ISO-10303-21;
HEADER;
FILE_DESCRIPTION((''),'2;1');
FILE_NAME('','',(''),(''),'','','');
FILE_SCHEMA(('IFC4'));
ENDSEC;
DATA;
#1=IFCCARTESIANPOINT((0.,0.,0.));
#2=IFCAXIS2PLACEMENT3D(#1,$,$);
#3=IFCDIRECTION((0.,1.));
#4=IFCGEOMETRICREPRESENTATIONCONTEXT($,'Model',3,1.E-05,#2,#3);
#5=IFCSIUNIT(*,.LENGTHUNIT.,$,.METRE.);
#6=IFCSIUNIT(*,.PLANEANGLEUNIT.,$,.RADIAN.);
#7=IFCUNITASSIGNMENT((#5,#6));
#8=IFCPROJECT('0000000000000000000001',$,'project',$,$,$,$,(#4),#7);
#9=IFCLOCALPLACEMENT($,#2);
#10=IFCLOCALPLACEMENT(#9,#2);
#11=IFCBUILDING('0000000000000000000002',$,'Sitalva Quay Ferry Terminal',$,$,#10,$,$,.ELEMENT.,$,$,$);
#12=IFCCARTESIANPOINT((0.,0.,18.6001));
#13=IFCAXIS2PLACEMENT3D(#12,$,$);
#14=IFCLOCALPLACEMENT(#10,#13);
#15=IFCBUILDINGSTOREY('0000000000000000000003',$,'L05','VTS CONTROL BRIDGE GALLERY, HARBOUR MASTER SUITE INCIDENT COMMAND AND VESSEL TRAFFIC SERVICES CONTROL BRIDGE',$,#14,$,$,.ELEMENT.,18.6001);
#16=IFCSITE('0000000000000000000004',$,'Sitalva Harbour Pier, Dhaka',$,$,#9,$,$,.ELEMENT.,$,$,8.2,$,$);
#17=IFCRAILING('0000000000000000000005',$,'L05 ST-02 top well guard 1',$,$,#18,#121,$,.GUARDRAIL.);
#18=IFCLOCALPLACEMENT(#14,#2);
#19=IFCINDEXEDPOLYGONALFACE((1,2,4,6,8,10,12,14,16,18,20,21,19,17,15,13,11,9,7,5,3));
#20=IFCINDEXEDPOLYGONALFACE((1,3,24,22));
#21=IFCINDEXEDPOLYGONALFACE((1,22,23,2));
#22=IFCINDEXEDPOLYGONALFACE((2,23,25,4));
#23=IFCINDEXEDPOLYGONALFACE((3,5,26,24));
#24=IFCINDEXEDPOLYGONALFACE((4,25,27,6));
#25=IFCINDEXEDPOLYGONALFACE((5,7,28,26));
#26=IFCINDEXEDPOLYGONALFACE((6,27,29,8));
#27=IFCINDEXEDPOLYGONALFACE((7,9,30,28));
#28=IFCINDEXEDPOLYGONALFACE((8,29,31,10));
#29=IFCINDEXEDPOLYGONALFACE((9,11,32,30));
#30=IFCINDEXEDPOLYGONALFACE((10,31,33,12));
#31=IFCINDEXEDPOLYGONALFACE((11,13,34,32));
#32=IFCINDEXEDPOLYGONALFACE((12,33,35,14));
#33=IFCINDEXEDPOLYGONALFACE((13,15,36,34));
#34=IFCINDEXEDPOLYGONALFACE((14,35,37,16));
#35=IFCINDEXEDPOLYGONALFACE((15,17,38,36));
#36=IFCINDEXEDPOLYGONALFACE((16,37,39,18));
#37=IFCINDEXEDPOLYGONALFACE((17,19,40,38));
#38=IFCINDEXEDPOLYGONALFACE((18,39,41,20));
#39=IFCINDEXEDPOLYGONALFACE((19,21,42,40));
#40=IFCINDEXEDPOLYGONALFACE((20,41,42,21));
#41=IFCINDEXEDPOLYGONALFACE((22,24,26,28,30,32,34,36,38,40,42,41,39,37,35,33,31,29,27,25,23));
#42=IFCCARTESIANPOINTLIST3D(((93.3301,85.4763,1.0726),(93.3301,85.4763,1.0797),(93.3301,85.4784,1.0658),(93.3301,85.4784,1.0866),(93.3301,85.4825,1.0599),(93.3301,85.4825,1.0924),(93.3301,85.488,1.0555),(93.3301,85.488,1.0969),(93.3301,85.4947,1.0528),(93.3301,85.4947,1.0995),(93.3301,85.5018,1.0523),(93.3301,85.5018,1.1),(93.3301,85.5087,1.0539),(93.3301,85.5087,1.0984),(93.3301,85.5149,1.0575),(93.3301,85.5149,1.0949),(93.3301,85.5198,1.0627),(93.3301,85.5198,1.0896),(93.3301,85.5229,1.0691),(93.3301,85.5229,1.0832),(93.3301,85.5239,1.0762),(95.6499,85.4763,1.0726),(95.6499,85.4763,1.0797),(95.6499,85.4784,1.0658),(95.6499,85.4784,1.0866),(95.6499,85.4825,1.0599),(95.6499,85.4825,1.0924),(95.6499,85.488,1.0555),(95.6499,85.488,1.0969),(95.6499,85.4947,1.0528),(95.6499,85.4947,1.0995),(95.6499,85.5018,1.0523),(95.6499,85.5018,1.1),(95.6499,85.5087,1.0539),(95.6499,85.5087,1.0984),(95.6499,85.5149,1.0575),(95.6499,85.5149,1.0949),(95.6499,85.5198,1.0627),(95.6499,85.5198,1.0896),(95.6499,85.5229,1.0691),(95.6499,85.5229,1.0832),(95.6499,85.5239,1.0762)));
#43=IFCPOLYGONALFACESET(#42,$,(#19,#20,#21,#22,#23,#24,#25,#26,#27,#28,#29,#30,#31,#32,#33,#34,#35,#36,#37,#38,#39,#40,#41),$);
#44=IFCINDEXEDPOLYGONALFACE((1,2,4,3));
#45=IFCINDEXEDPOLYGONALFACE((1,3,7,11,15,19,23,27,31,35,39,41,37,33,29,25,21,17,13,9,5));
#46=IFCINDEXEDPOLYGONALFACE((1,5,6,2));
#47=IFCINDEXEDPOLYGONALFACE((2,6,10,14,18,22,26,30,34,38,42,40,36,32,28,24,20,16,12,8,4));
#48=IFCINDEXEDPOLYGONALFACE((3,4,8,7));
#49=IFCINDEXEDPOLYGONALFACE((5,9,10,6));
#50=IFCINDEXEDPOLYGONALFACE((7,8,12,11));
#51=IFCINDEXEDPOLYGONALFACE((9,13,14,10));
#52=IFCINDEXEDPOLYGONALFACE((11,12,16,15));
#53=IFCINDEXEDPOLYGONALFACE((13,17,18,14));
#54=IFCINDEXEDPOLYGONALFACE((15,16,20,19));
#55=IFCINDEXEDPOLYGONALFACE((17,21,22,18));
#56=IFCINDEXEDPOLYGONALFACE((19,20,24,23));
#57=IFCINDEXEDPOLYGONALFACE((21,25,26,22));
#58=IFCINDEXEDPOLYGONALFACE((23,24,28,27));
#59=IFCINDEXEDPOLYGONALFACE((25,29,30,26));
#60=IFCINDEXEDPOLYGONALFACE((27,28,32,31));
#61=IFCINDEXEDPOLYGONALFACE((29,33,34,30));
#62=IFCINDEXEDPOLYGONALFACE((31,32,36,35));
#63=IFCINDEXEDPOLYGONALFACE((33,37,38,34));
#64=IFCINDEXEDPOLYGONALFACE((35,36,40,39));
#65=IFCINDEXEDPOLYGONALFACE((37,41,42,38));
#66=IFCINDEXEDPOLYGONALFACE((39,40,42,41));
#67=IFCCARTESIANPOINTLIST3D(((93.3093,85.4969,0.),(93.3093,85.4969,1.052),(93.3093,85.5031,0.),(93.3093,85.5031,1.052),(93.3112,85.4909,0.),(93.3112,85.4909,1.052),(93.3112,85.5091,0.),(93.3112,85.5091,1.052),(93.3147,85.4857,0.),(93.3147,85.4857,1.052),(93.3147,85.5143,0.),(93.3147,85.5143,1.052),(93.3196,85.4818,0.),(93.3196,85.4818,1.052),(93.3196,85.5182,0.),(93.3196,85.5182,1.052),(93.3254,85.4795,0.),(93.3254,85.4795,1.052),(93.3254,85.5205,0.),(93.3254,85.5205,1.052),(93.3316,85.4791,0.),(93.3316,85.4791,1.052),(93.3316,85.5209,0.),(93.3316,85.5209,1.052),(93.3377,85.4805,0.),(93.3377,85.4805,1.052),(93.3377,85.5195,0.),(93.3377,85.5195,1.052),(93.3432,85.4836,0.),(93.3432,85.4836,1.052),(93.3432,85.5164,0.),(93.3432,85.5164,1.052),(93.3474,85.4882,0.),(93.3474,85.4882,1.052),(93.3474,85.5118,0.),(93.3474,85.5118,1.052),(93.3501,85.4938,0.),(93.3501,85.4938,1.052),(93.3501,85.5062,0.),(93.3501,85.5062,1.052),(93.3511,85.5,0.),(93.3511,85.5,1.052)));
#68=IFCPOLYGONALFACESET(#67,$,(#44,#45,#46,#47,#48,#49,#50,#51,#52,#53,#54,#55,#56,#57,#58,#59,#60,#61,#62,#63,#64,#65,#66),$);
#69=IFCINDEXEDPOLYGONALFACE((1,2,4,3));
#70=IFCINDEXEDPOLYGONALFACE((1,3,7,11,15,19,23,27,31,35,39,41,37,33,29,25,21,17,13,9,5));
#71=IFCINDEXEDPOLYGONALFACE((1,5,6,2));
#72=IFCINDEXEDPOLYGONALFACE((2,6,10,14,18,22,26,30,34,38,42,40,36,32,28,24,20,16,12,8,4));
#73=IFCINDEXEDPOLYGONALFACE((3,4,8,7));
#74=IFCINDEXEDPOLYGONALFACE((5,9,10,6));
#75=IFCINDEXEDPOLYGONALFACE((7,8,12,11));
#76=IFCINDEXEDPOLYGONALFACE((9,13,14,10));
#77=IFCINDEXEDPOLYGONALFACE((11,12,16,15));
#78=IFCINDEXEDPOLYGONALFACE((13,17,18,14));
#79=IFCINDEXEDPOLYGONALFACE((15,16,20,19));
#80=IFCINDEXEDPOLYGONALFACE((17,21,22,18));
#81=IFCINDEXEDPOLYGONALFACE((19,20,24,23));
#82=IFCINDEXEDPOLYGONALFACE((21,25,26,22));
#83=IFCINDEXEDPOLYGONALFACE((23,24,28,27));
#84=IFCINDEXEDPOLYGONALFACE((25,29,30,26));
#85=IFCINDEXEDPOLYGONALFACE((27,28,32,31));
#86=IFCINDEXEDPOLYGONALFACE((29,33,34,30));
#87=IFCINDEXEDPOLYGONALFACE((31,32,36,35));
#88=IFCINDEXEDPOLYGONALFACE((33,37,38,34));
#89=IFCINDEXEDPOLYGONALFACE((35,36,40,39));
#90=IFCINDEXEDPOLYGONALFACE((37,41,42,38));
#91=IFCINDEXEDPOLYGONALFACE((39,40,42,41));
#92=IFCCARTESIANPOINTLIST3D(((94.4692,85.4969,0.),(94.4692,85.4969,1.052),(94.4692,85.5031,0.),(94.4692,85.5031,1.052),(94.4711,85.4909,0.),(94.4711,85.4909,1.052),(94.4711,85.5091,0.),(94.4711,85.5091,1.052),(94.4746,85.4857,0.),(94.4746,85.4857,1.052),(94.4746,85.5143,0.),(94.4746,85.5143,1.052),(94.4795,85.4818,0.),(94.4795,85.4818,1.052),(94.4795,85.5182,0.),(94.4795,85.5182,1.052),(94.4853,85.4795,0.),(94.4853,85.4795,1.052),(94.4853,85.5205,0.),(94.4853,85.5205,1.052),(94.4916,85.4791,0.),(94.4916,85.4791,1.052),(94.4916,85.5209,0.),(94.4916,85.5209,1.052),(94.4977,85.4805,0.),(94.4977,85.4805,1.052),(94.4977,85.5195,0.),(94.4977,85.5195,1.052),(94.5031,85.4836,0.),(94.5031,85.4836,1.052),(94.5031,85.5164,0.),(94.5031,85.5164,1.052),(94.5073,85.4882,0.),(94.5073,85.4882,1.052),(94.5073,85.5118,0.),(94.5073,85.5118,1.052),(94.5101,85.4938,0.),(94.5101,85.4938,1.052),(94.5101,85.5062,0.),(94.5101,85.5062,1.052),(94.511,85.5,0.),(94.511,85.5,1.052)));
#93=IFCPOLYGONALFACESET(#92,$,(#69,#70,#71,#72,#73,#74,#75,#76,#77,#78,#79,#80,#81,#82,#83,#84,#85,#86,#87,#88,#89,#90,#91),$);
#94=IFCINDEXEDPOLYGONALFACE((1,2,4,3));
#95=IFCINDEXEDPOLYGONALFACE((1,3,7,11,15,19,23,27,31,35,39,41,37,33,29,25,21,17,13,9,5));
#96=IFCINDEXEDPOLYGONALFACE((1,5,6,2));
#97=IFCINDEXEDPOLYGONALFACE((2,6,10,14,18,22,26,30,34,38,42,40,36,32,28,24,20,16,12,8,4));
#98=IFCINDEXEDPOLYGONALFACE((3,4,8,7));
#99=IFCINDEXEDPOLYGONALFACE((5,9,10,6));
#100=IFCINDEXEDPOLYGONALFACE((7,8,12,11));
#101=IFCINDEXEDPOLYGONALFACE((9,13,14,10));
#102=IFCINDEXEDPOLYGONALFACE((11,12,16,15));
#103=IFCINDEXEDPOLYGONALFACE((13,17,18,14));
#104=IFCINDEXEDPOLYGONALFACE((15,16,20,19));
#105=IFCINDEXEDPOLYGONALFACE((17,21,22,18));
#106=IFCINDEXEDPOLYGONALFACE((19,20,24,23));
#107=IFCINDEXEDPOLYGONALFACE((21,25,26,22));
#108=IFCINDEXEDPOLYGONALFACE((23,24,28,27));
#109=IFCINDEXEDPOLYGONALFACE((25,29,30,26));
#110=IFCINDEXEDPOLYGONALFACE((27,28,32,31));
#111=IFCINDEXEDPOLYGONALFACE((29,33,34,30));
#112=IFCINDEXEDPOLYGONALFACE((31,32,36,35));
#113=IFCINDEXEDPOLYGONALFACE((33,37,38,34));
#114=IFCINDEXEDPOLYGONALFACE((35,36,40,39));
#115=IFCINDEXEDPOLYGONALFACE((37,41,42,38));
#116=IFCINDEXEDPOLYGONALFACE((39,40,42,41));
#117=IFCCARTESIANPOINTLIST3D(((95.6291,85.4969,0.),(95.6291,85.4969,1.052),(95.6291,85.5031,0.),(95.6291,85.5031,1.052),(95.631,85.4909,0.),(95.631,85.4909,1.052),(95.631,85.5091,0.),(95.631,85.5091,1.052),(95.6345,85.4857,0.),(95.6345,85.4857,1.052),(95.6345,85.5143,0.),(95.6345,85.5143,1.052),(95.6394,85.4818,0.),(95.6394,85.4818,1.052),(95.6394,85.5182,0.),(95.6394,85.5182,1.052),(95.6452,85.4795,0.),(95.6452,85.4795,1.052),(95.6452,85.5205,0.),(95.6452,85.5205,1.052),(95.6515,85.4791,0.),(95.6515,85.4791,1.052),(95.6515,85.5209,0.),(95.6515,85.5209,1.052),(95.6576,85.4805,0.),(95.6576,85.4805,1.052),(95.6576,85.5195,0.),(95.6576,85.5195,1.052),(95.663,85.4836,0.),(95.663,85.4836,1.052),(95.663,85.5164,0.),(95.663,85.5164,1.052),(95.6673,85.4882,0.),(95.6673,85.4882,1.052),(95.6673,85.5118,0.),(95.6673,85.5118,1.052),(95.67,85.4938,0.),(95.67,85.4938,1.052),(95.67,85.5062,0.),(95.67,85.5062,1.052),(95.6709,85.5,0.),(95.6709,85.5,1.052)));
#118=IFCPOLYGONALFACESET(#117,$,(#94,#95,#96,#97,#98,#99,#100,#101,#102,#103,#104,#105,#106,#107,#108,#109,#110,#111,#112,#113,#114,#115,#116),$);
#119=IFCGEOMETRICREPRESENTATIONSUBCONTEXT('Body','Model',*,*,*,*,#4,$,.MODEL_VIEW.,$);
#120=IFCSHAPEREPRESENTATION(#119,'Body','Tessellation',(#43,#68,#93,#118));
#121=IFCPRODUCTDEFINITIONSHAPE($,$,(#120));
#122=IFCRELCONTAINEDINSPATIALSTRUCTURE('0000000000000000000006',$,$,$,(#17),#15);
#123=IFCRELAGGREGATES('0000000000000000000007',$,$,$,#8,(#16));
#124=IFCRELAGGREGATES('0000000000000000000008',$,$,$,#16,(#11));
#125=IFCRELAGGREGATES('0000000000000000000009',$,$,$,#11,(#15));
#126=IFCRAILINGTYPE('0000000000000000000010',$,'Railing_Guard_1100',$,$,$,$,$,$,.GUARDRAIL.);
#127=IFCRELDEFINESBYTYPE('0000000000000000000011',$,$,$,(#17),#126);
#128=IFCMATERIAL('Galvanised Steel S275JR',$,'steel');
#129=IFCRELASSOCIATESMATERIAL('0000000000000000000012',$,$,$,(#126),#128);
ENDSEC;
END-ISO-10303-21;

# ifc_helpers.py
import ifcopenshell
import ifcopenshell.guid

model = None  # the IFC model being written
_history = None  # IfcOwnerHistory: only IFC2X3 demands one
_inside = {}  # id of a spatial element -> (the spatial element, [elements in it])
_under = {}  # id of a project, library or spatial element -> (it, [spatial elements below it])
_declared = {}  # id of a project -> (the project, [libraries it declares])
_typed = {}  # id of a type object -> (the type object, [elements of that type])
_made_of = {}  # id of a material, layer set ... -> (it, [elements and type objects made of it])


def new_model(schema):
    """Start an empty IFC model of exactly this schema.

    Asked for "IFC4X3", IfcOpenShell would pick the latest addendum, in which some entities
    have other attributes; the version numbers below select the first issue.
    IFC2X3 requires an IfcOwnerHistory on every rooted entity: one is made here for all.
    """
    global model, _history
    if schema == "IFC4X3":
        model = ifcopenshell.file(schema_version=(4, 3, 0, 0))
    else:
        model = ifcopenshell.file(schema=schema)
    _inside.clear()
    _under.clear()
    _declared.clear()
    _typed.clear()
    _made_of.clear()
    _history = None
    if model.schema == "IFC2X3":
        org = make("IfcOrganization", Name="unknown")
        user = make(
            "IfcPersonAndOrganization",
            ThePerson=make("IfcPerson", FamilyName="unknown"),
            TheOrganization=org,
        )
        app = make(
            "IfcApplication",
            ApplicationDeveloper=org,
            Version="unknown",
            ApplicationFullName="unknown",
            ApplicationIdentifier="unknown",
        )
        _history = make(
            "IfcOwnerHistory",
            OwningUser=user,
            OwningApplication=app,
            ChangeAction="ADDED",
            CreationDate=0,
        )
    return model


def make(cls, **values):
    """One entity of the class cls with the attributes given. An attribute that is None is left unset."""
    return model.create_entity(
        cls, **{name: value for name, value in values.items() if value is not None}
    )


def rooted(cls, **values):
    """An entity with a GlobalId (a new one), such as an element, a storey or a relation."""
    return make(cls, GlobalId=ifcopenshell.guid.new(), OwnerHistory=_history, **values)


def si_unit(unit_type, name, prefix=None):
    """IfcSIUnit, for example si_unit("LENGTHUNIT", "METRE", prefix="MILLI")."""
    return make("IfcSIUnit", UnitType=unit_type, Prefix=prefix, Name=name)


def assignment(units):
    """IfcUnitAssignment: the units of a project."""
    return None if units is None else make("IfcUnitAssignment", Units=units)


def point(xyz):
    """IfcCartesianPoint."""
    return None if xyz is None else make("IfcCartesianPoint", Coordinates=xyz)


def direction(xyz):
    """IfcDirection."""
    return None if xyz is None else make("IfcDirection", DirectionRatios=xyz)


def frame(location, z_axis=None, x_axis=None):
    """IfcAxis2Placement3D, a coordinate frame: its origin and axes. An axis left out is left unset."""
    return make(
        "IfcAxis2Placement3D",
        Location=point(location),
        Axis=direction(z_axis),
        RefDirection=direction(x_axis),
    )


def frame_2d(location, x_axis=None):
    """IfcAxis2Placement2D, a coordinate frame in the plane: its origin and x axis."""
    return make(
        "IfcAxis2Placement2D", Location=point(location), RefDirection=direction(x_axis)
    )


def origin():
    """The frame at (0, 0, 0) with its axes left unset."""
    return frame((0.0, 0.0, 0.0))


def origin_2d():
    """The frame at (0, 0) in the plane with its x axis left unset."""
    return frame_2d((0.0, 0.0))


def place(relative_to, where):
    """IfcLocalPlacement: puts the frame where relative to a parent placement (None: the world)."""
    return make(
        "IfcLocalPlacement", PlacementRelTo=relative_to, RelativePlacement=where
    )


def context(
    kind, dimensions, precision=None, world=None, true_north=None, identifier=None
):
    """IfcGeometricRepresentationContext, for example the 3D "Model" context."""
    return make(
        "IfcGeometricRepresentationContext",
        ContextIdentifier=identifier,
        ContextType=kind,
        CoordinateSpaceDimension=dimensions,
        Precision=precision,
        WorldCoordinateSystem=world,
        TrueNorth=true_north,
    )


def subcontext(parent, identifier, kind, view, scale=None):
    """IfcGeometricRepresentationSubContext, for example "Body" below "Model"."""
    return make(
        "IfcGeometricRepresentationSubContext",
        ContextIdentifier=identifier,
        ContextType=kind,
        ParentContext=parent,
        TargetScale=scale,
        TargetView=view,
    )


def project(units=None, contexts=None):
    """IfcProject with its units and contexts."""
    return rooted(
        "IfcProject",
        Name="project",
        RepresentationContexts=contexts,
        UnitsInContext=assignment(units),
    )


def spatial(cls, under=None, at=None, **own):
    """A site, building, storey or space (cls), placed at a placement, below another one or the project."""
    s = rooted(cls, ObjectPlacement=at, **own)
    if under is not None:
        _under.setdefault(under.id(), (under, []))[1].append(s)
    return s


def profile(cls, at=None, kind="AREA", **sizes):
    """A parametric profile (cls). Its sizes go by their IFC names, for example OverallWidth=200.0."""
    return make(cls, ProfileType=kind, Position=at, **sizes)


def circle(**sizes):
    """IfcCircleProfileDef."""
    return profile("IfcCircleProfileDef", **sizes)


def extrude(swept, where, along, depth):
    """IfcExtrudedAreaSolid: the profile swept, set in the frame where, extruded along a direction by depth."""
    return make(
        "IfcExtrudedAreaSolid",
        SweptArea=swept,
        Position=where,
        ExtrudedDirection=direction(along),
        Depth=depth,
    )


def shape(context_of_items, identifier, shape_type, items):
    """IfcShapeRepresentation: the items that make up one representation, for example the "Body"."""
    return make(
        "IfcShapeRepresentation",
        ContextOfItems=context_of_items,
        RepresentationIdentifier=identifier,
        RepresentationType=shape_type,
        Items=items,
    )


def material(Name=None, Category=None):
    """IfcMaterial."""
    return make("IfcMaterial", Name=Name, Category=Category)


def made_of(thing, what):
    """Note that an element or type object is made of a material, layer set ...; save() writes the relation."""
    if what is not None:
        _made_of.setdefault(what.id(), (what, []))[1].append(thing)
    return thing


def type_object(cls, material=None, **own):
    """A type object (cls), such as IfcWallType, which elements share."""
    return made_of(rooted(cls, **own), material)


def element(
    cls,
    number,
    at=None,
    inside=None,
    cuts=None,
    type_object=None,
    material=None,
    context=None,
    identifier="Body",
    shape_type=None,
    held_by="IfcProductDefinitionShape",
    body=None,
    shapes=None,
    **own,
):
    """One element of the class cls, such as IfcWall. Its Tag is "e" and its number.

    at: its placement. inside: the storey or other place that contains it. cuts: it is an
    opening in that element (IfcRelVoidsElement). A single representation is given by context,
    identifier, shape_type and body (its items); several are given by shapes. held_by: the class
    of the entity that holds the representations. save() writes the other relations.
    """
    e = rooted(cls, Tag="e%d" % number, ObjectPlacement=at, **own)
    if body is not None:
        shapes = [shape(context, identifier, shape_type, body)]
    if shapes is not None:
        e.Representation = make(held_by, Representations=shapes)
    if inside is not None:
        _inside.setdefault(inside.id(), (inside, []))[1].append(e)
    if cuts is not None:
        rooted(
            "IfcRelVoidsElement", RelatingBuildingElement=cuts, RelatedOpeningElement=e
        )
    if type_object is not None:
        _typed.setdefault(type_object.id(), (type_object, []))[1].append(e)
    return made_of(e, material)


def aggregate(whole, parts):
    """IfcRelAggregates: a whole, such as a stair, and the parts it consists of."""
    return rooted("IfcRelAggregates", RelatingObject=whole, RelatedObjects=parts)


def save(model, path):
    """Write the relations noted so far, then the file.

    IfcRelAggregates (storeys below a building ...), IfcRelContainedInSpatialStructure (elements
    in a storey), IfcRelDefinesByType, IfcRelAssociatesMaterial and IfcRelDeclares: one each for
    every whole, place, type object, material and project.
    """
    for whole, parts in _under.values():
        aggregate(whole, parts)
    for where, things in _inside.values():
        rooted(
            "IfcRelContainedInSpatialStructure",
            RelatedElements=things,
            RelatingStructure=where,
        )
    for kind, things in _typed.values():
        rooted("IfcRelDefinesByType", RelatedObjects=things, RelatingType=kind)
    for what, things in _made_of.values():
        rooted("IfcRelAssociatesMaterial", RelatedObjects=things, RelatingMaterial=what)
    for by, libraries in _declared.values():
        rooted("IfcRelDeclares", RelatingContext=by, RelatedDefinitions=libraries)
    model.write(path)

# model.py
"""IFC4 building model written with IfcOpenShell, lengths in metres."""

from ifc_helpers import new_model, si_unit, direction, frame, origin, origin_2d, place, context, subcontext, project, spatial, circle, extrude, material, type_object, element, save


model = new_model("IFC4")

# Units and contexts
model_context = context("Model", 3, precision=1e-05, world=origin(), true_north=direction((0.0, 1.0)))
body_context = subcontext(model_context, "Body", "Model", "MODEL_VIEW")
ifc_project = project(units=[si_unit("LENGTHUNIT", "METRE"), si_unit("PLANEANGLEUNIT", "RADIAN")], contexts=[model_context])

# Site, building, storey
site_placement = place(None, origin())
site = spatial("IfcSite", under=ifc_project, at=site_placement, Name="Sitalva Harbour Pier, Dhaka", CompositionType="ELEMENT", RefElevation=8.2)
building_placement = place(site_placement, origin())
building = spatial("IfcBuilding", under=site, at=building_placement, Name="Sitalva Quay Ferry Terminal", CompositionType="ELEMENT")
storey_placement = place(building_placement, frame((0.0, 0.0, 18.6001)))
storey = spatial("IfcBuildingStorey", under=building, at=storey_placement, Name="L05", Description="VTS CONTROL BRIDGE GALLERY, HARBOUR MASTER SUITE INCIDENT COMMAND AND VESSEL TRAFFIC SERVICES CONTROL BRIDGE", CompositionType="ELEMENT", Elevation=18.6001)

# Railing
ifc_material_1 = material(Name="Galvanised Steel S275JR", Category="steel")
railing_type = type_object("IfcRailingType", Name="Railing_Guard_1100", PredefinedType="GUARDRAIL", material=ifc_material_1)
railing_placement = place(storey_placement, frame((93.3301, 85.5, 0.0)))
element("IfcRailing", 1, at=railing_placement, inside=storey, type_object=railing_type, Name="L05 ST-02 top well guard 1", PredefinedType="GUARDRAIL", context=body_context, shape_type="SweptSolid", body=[
    extrude(circle(Radius=0.0239, at=origin_2d()), frame((0.0, 0.0, 1.0762), z_axis=(1.0, 0.0, 0.0), x_axis=(0.0, 1.0, 0.0)), (0.0, 0.0, 1.0), 2.3198),
    extrude(circle(Radius=0.021, at=origin_2d()), origin(), (0.0, 0.0, 1.0), 1.052),
    extrude(circle(Radius=0.021, at=origin_2d()), frame((1.1599, 0.0, 0.0)), (0.0, 0.0, 1.0), 1.052),
    extrude(circle(Radius=0.021, at=origin_2d()), frame((2.3198, 0.0, 0.0)), (0.0, 0.0, 1.0), 1.052),
])

save(model, "model.ifc")
